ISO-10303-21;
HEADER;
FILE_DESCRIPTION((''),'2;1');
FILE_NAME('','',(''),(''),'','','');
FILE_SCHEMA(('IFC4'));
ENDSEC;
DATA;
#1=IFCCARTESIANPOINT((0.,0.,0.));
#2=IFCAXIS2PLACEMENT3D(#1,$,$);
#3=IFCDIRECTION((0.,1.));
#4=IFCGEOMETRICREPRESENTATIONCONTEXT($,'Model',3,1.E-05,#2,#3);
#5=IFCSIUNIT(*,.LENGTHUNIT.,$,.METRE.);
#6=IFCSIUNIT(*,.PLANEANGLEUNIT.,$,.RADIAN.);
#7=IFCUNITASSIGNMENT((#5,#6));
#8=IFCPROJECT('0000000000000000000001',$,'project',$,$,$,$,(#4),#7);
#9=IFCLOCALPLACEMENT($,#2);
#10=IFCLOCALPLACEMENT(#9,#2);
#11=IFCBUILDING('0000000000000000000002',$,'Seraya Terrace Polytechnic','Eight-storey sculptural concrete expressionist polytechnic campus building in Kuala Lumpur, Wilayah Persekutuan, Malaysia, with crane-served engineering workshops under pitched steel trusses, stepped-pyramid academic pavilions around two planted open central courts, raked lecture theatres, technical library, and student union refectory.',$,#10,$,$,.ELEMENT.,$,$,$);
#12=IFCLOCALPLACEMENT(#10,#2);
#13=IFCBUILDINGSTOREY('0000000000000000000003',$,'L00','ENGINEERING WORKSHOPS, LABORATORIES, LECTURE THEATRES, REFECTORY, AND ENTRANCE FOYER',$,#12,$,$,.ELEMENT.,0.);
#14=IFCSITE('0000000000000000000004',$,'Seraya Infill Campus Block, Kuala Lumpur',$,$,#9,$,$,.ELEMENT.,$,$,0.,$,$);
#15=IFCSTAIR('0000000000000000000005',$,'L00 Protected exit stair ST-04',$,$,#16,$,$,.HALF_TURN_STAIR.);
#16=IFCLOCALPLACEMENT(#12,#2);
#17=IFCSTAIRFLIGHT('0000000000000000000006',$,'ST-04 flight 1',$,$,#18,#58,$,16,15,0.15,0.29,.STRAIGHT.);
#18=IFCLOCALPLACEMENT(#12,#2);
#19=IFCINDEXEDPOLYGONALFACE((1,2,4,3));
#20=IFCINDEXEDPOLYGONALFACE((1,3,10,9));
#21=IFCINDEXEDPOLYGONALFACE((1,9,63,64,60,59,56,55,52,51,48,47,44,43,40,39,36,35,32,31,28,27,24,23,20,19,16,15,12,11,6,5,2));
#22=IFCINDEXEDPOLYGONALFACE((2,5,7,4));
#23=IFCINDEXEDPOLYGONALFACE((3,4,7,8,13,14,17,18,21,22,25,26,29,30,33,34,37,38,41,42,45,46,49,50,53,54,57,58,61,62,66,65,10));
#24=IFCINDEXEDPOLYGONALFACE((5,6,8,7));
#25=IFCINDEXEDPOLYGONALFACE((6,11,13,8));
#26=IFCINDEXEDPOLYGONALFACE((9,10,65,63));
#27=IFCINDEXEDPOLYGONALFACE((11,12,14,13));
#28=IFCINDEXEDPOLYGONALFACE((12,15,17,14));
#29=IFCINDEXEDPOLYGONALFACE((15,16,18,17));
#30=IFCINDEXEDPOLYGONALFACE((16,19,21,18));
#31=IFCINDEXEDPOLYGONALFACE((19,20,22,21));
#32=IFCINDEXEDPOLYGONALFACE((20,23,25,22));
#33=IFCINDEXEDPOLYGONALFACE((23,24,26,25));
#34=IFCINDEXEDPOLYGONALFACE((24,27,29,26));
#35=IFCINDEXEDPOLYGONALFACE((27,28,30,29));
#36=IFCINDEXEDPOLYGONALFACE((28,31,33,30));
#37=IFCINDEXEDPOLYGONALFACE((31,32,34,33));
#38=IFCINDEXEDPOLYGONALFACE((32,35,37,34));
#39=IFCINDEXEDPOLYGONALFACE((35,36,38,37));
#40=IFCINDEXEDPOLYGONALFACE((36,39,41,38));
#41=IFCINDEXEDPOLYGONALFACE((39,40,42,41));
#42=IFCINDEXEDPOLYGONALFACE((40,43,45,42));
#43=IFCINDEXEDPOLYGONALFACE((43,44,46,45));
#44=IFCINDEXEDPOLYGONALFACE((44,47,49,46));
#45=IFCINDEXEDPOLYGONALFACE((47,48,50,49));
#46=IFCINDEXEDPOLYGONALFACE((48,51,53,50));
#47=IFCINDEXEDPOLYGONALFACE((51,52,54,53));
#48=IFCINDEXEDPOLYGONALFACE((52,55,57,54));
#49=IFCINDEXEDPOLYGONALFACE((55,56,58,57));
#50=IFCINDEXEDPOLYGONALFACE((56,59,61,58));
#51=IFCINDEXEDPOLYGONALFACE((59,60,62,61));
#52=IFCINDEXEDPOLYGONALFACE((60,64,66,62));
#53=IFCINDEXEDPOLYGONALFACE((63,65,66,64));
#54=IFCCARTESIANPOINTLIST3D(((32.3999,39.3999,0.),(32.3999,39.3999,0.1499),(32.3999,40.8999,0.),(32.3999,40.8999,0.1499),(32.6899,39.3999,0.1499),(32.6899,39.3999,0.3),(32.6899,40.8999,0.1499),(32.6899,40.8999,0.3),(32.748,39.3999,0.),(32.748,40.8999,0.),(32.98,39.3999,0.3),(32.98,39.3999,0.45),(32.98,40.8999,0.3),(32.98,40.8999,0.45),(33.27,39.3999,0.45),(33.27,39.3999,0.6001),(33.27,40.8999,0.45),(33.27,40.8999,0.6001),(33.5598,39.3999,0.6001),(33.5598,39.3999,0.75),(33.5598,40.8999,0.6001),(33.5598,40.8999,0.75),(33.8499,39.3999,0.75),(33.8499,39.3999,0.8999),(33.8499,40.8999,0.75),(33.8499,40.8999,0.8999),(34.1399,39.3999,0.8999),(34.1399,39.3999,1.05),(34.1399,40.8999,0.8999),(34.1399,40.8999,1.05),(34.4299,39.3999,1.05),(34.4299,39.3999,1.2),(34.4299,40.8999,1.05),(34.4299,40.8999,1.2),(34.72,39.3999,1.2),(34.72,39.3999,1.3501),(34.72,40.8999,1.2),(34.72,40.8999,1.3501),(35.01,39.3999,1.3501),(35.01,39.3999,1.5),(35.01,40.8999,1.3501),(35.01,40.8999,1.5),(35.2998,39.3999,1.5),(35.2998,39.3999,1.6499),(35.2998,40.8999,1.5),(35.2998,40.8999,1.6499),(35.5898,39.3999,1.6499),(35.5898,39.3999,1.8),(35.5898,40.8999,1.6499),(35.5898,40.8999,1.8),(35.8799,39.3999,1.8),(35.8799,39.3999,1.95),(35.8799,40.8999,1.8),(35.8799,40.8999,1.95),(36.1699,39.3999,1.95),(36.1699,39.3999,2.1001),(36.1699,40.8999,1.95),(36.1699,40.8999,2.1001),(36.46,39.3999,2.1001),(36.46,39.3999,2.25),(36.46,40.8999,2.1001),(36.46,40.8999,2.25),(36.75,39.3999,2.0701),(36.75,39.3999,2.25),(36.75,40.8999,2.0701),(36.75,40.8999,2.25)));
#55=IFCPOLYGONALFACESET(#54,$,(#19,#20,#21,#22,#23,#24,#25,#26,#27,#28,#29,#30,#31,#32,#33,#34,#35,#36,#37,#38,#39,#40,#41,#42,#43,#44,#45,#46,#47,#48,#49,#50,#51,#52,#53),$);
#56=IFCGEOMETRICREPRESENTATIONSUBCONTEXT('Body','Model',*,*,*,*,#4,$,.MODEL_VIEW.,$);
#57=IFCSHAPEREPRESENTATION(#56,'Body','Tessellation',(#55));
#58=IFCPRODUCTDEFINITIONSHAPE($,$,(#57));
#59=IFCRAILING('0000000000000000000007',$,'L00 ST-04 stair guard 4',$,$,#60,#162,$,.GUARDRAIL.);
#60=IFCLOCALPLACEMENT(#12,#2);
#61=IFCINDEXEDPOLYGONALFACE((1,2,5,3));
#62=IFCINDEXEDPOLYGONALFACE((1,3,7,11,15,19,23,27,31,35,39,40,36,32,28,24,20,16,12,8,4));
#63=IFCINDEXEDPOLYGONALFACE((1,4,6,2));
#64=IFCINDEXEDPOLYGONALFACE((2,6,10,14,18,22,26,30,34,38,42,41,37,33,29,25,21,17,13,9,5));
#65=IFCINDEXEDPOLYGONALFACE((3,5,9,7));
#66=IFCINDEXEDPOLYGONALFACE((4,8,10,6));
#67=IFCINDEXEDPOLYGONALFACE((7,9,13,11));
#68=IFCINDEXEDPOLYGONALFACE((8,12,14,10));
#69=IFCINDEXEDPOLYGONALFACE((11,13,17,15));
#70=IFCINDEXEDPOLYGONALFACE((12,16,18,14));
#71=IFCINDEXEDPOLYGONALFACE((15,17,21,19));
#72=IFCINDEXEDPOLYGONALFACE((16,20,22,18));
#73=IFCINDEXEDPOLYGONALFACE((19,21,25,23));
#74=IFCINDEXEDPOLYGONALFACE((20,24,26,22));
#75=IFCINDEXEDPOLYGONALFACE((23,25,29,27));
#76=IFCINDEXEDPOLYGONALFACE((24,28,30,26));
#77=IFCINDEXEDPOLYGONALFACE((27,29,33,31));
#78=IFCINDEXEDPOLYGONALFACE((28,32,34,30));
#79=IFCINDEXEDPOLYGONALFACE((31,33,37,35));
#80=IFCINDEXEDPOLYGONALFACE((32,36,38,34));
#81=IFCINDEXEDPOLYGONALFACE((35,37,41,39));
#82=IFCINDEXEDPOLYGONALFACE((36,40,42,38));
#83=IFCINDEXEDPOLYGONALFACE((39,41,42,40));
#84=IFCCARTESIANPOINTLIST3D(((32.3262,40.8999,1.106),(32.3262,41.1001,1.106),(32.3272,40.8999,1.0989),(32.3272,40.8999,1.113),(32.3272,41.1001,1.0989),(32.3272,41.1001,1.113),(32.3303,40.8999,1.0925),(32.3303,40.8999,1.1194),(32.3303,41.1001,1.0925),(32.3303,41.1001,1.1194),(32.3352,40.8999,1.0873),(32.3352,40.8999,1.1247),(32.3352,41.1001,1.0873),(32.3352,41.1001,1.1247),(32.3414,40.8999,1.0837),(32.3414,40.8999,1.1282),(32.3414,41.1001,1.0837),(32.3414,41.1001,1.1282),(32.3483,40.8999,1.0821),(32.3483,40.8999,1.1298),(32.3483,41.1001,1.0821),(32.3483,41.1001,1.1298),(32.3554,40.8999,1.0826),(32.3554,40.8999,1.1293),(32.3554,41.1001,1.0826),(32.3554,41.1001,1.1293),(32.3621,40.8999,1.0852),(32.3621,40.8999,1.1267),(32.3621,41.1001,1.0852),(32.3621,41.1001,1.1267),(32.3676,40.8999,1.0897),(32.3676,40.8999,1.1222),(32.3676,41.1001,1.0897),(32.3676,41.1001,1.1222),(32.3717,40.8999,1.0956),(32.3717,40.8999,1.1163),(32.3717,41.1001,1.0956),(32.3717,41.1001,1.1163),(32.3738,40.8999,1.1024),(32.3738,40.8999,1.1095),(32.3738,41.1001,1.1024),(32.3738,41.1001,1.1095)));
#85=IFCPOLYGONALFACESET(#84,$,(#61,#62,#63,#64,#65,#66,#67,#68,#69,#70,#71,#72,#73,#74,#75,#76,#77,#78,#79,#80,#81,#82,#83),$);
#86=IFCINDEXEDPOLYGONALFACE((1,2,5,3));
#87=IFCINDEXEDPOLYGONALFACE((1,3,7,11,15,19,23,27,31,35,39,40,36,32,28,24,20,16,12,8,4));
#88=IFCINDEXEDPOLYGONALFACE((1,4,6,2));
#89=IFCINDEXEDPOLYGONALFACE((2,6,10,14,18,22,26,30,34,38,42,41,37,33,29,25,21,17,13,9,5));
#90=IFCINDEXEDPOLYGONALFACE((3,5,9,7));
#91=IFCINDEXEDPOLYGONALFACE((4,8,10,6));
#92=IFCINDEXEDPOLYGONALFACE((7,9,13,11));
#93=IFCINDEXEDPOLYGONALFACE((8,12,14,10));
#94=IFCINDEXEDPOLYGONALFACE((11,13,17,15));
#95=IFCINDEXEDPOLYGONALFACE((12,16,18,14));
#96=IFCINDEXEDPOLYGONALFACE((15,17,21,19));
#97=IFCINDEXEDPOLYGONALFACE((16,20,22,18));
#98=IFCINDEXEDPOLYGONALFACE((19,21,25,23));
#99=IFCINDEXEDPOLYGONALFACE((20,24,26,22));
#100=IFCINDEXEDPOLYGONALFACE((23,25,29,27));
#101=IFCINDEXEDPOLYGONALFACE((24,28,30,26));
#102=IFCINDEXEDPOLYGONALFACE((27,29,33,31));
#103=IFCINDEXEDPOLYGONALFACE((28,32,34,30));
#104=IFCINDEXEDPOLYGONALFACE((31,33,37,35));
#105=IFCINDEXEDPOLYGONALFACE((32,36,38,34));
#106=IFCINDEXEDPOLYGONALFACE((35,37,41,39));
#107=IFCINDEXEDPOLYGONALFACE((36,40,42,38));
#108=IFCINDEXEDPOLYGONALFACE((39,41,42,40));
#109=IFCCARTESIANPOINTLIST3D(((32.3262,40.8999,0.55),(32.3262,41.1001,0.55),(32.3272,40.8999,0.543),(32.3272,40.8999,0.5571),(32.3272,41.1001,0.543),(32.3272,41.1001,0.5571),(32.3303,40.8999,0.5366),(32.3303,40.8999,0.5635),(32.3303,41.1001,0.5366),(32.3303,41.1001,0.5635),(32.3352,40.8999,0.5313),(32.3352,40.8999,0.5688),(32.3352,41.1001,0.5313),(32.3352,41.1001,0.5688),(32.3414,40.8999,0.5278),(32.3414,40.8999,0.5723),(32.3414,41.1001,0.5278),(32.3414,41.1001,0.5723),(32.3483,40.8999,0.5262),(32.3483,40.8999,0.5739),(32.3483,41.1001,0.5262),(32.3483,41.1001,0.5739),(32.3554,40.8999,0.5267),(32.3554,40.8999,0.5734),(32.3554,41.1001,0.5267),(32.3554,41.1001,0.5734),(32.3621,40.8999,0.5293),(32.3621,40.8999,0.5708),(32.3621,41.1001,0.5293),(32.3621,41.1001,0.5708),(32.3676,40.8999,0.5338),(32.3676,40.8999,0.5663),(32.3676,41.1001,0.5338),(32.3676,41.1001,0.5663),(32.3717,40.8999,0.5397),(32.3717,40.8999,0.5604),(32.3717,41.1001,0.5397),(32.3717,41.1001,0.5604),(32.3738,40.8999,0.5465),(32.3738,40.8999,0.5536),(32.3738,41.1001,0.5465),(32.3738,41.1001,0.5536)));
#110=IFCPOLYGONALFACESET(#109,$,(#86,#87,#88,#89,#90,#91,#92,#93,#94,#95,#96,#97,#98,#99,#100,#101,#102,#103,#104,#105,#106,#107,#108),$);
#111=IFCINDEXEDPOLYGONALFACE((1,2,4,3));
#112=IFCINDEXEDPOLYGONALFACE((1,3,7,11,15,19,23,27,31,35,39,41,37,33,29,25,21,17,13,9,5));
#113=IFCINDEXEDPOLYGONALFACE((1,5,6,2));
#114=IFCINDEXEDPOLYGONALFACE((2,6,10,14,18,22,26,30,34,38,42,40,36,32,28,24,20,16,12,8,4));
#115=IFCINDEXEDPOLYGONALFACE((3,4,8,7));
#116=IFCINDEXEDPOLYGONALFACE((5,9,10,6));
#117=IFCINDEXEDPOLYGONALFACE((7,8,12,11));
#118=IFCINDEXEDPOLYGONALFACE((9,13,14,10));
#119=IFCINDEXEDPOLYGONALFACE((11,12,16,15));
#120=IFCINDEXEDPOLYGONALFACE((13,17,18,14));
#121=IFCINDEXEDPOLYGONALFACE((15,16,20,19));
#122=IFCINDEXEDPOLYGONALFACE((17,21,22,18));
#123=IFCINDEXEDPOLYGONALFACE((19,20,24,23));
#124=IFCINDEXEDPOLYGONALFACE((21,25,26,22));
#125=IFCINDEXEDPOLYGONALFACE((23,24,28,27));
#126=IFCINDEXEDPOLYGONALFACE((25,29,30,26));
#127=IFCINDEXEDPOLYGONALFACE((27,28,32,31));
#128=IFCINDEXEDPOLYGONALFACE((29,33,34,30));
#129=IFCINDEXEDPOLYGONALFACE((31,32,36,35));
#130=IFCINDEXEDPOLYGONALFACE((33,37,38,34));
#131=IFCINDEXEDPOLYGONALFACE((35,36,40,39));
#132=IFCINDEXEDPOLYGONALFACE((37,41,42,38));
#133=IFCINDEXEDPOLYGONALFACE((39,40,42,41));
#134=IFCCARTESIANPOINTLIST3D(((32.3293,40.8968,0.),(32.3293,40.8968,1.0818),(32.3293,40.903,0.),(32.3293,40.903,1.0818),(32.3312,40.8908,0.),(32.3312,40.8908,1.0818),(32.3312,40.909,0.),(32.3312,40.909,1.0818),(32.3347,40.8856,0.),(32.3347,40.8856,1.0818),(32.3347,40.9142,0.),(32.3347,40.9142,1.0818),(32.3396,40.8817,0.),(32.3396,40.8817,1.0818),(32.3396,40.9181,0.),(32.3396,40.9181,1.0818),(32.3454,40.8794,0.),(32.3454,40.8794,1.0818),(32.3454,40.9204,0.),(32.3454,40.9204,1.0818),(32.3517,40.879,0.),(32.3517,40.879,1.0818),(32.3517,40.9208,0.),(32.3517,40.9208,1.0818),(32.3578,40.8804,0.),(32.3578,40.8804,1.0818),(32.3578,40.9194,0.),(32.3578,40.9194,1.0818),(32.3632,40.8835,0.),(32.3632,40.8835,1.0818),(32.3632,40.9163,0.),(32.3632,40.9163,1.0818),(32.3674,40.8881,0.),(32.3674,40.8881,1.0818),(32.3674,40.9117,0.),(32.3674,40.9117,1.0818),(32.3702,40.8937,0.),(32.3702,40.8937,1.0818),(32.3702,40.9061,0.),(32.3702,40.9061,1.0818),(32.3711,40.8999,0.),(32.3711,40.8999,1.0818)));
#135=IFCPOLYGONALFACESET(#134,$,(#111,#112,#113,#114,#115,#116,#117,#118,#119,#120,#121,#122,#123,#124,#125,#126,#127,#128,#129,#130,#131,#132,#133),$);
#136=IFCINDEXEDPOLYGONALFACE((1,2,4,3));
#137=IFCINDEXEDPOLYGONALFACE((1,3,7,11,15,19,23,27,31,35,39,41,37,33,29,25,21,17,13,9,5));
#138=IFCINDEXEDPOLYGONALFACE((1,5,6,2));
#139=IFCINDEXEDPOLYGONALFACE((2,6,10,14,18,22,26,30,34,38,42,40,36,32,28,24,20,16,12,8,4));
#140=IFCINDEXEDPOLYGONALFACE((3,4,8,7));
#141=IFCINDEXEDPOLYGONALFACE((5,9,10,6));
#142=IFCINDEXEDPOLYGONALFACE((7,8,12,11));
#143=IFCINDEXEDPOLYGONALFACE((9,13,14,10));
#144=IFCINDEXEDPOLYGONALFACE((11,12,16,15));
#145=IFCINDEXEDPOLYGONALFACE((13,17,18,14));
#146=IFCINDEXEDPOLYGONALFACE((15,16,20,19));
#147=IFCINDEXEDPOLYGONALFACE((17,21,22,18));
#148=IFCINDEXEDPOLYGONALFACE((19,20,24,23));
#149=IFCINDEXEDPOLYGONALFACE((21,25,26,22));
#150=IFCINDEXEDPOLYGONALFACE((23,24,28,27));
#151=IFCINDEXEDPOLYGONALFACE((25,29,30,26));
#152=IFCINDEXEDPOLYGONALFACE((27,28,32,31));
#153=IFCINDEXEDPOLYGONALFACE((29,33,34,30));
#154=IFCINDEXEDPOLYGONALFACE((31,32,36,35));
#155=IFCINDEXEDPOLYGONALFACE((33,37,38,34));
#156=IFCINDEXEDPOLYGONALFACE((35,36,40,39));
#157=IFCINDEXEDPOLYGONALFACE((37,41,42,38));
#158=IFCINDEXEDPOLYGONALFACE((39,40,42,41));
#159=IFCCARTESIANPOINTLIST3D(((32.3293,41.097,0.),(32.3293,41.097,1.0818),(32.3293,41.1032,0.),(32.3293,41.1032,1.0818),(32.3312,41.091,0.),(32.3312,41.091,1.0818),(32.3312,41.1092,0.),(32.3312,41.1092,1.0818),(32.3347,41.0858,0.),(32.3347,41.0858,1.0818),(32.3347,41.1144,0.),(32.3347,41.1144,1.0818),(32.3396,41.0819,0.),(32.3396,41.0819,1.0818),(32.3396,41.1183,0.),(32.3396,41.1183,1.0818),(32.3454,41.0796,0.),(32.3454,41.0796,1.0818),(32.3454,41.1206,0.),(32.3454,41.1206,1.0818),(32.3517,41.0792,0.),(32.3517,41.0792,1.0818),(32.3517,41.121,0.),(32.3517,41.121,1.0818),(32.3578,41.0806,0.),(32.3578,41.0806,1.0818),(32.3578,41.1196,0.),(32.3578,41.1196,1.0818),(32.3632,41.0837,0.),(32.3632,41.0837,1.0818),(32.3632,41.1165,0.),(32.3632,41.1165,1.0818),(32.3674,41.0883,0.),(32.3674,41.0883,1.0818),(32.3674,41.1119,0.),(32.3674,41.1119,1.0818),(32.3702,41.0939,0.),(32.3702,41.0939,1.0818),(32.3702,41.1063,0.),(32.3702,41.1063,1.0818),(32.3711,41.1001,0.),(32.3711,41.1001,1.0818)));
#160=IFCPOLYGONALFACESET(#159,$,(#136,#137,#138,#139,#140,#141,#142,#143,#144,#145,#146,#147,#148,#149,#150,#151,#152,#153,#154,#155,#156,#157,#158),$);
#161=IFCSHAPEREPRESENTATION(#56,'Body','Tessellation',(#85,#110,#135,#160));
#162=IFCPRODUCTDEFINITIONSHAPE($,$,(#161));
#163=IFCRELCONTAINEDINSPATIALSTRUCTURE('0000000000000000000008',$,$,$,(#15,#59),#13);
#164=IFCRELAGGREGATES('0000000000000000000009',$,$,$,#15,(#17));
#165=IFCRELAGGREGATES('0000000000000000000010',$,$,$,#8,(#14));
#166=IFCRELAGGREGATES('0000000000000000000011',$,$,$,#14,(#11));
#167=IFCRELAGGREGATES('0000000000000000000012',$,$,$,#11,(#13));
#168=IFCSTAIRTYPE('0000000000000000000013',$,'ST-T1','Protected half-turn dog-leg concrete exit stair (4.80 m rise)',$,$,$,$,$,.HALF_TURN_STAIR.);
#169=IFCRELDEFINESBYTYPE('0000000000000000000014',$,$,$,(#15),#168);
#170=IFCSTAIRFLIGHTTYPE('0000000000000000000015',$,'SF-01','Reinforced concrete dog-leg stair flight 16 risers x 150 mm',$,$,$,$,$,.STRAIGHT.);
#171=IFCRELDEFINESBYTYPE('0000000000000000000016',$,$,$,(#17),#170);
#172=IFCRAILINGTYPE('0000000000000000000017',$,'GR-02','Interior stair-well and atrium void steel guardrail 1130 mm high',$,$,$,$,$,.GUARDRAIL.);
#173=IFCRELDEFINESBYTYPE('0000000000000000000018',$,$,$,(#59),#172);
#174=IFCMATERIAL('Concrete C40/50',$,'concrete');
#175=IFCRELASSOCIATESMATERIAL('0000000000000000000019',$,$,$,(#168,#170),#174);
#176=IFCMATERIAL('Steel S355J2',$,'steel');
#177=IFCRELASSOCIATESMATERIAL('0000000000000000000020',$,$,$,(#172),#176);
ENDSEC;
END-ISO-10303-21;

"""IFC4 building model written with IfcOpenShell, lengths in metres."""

from ifc_helpers import new_model, si_unit, direction, frame, origin, origin_2d, place, context, subcontext, project, spatial, polyline, circle, outline, extrude, material, type_object, element, aggregate, save


model = new_model("IFC4")

# Units and contexts
model_context = context("Model", 3, precision=1e-05, world=origin(), true_north=direction((0.0, 1.0)))
body_context = subcontext(model_context, "Body", "Model", "MODEL_VIEW")
ifc_project = project(units=[si_unit("LENGTHUNIT", "METRE"), si_unit("PLANEANGLEUNIT", "RADIAN")], contexts=[model_context])

# Site, building, storey
site_placement = place(None, origin())
site = spatial("IfcSite", under=ifc_project, at=site_placement, Name="Seraya Infill Campus Block, Kuala Lumpur", CompositionType="ELEMENT", RefElevation=0.0)
building_placement = place(site_placement, origin())
building = spatial("IfcBuilding", under=site, at=building_placement, Name="Seraya Terrace Polytechnic", Description="Eight-storey sculptural concrete expressionist polytechnic campus building in Kuala Lumpur, Wilayah Persekutuan, Malaysia, with crane-served engineering workshops under pitched steel trusses, stepped-pyramid academic pavilions around two planted open central courts, raked lecture theatres, technical library, and student union refectory.", CompositionType="ELEMENT")
storey_placement = place(building_placement, origin())
storey = spatial("IfcBuildingStorey", under=building, at=storey_placement, Name="L00", Description="ENGINEERING WORKSHOPS, LABORATORIES, LECTURE THEATRES, REFECTORY, AND ENTRANCE FOYER", CompositionType="ELEMENT", Elevation=0.0)

# Shared definitions
ifc_material_1 = material(Name="Concrete C40/50", Category="concrete")

# Shared definitions
ifc_material_2 = material(Name="Steel S355J2", Category="steel")

# Stair, stair flight
stair_type = type_object("IfcStairType", Name="ST-T1", Description="Protected half-turn dog-leg concrete exit stair (4.80 m rise)", PredefinedType="HALF_TURN_STAIR", material=ifc_material_1)
stair_placement = place(storey_placement, origin())
stair = element("IfcStair", 1, at=stair_placement, inside=storey, type_object=stair_type, Name="L00 Protected exit stair ST-04", PredefinedType="HALF_TURN_STAIR")
stair_flight_type = type_object("IfcStairFlightType", Name="SF-01", Description="Reinforced concrete dog-leg stair flight 16 risers x 150 mm", PredefinedType="STRAIGHT", material=ifc_material_1)
stair_flight_placement = place(storey_placement, frame((32.3999, 40.1499, 0.0), z_axis=(0.0, 0.0, 1.0), x_axis=(1.0, 0.0, 0.0)))
stair_flight = element("IfcStairFlight", 2, at=stair_flight_placement, type_object=stair_flight_type, Name="ST-04 flight 1", NumberOfRisers=16, NumberOfTreads=15, PredefinedType="STRAIGHT", RiserHeight=0.15, TreadLength=0.29, context=body_context, shape_type="SweptSolid", body=[
    extrude(outline(polyline([(0.0, 0.0), (0.0, 0.1499), (0.29, 0.1499), (0.29, 0.3), (0.5801, 0.3), (0.5801, 0.45), (0.8701, 0.45), (0.8701, 0.6001), (1.1599, 0.6001), (1.1599, 0.75), (1.45, 0.75), (1.45, 0.8999), (1.74, 0.8999), (1.74, 1.05), (2.03, 1.05), (2.03, 1.2), (2.3201, 1.2), (2.3201, 1.3501), (2.6101, 1.3501), (2.6101, 1.5), (2.8999, 1.5), (2.8999, 1.6499), (3.1899, 1.6499), (3.1899, 1.8), (3.48, 1.8), (3.48, 1.95), (3.77, 1.95), (3.77, 2.1001), (4.0601, 2.1001), (4.0601, 2.25), (4.3501, 2.25), (4.3501, 2.3999), (4.3501, 2.0701), (0.3481, 0.0), (0.0, 0.0)])), frame((0.0, 0.75, 0.0), z_axis=(0.0, -1.0, 0.0), x_axis=(1.0, 0.0, 0.0)), (0.0, 0.0, 1.0), 1.5),
])
aggregate(stair, [stair_flight])

# Railing
railing_type_1 = type_object("IfcRailingType", Name="GR-02", Description="Interior stair-well and atrium void steel guardrail 1130 mm high", PredefinedType="GUARDRAIL", material=ifc_material_2)
railing_1_placement = place(storey_placement, frame((32.3501, 40.8999, 0.0)))
element("IfcRailing", 3, at=railing_1_placement, inside=storey, type_object=railing_type_1, Name="L00 ST-04 stair guard 4", PredefinedType="GUARDRAIL", context=body_context, shape_type="SweptSolid", body=[
    extrude(circle(Radius=0.0239, at=origin_2d()), frame((0.0, 0.0, 1.106), z_axis=(0.0, 1.0, 0.0), x_axis=(-1.0, 0.0, 0.0)), (0.0, 0.0, 1.0), 0.2002),
    extrude(circle(Radius=0.0239, at=origin_2d()), frame((0.0, 0.0, 0.55), z_axis=(0.0, 1.0, 0.0), x_axis=(-1.0, 0.0, 0.0)), (0.0, 0.0, 1.0), 0.2002),
    extrude(circle(Radius=0.021, at=origin_2d()), origin(), (0.0, 0.0, 1.0), 1.0818),
    extrude(circle(Radius=0.021, at=origin_2d()), frame((0.0, 0.2002, 0.0)), (0.0, 0.0, 1.0), 1.0818),
])

save(model, "model.ifc")
